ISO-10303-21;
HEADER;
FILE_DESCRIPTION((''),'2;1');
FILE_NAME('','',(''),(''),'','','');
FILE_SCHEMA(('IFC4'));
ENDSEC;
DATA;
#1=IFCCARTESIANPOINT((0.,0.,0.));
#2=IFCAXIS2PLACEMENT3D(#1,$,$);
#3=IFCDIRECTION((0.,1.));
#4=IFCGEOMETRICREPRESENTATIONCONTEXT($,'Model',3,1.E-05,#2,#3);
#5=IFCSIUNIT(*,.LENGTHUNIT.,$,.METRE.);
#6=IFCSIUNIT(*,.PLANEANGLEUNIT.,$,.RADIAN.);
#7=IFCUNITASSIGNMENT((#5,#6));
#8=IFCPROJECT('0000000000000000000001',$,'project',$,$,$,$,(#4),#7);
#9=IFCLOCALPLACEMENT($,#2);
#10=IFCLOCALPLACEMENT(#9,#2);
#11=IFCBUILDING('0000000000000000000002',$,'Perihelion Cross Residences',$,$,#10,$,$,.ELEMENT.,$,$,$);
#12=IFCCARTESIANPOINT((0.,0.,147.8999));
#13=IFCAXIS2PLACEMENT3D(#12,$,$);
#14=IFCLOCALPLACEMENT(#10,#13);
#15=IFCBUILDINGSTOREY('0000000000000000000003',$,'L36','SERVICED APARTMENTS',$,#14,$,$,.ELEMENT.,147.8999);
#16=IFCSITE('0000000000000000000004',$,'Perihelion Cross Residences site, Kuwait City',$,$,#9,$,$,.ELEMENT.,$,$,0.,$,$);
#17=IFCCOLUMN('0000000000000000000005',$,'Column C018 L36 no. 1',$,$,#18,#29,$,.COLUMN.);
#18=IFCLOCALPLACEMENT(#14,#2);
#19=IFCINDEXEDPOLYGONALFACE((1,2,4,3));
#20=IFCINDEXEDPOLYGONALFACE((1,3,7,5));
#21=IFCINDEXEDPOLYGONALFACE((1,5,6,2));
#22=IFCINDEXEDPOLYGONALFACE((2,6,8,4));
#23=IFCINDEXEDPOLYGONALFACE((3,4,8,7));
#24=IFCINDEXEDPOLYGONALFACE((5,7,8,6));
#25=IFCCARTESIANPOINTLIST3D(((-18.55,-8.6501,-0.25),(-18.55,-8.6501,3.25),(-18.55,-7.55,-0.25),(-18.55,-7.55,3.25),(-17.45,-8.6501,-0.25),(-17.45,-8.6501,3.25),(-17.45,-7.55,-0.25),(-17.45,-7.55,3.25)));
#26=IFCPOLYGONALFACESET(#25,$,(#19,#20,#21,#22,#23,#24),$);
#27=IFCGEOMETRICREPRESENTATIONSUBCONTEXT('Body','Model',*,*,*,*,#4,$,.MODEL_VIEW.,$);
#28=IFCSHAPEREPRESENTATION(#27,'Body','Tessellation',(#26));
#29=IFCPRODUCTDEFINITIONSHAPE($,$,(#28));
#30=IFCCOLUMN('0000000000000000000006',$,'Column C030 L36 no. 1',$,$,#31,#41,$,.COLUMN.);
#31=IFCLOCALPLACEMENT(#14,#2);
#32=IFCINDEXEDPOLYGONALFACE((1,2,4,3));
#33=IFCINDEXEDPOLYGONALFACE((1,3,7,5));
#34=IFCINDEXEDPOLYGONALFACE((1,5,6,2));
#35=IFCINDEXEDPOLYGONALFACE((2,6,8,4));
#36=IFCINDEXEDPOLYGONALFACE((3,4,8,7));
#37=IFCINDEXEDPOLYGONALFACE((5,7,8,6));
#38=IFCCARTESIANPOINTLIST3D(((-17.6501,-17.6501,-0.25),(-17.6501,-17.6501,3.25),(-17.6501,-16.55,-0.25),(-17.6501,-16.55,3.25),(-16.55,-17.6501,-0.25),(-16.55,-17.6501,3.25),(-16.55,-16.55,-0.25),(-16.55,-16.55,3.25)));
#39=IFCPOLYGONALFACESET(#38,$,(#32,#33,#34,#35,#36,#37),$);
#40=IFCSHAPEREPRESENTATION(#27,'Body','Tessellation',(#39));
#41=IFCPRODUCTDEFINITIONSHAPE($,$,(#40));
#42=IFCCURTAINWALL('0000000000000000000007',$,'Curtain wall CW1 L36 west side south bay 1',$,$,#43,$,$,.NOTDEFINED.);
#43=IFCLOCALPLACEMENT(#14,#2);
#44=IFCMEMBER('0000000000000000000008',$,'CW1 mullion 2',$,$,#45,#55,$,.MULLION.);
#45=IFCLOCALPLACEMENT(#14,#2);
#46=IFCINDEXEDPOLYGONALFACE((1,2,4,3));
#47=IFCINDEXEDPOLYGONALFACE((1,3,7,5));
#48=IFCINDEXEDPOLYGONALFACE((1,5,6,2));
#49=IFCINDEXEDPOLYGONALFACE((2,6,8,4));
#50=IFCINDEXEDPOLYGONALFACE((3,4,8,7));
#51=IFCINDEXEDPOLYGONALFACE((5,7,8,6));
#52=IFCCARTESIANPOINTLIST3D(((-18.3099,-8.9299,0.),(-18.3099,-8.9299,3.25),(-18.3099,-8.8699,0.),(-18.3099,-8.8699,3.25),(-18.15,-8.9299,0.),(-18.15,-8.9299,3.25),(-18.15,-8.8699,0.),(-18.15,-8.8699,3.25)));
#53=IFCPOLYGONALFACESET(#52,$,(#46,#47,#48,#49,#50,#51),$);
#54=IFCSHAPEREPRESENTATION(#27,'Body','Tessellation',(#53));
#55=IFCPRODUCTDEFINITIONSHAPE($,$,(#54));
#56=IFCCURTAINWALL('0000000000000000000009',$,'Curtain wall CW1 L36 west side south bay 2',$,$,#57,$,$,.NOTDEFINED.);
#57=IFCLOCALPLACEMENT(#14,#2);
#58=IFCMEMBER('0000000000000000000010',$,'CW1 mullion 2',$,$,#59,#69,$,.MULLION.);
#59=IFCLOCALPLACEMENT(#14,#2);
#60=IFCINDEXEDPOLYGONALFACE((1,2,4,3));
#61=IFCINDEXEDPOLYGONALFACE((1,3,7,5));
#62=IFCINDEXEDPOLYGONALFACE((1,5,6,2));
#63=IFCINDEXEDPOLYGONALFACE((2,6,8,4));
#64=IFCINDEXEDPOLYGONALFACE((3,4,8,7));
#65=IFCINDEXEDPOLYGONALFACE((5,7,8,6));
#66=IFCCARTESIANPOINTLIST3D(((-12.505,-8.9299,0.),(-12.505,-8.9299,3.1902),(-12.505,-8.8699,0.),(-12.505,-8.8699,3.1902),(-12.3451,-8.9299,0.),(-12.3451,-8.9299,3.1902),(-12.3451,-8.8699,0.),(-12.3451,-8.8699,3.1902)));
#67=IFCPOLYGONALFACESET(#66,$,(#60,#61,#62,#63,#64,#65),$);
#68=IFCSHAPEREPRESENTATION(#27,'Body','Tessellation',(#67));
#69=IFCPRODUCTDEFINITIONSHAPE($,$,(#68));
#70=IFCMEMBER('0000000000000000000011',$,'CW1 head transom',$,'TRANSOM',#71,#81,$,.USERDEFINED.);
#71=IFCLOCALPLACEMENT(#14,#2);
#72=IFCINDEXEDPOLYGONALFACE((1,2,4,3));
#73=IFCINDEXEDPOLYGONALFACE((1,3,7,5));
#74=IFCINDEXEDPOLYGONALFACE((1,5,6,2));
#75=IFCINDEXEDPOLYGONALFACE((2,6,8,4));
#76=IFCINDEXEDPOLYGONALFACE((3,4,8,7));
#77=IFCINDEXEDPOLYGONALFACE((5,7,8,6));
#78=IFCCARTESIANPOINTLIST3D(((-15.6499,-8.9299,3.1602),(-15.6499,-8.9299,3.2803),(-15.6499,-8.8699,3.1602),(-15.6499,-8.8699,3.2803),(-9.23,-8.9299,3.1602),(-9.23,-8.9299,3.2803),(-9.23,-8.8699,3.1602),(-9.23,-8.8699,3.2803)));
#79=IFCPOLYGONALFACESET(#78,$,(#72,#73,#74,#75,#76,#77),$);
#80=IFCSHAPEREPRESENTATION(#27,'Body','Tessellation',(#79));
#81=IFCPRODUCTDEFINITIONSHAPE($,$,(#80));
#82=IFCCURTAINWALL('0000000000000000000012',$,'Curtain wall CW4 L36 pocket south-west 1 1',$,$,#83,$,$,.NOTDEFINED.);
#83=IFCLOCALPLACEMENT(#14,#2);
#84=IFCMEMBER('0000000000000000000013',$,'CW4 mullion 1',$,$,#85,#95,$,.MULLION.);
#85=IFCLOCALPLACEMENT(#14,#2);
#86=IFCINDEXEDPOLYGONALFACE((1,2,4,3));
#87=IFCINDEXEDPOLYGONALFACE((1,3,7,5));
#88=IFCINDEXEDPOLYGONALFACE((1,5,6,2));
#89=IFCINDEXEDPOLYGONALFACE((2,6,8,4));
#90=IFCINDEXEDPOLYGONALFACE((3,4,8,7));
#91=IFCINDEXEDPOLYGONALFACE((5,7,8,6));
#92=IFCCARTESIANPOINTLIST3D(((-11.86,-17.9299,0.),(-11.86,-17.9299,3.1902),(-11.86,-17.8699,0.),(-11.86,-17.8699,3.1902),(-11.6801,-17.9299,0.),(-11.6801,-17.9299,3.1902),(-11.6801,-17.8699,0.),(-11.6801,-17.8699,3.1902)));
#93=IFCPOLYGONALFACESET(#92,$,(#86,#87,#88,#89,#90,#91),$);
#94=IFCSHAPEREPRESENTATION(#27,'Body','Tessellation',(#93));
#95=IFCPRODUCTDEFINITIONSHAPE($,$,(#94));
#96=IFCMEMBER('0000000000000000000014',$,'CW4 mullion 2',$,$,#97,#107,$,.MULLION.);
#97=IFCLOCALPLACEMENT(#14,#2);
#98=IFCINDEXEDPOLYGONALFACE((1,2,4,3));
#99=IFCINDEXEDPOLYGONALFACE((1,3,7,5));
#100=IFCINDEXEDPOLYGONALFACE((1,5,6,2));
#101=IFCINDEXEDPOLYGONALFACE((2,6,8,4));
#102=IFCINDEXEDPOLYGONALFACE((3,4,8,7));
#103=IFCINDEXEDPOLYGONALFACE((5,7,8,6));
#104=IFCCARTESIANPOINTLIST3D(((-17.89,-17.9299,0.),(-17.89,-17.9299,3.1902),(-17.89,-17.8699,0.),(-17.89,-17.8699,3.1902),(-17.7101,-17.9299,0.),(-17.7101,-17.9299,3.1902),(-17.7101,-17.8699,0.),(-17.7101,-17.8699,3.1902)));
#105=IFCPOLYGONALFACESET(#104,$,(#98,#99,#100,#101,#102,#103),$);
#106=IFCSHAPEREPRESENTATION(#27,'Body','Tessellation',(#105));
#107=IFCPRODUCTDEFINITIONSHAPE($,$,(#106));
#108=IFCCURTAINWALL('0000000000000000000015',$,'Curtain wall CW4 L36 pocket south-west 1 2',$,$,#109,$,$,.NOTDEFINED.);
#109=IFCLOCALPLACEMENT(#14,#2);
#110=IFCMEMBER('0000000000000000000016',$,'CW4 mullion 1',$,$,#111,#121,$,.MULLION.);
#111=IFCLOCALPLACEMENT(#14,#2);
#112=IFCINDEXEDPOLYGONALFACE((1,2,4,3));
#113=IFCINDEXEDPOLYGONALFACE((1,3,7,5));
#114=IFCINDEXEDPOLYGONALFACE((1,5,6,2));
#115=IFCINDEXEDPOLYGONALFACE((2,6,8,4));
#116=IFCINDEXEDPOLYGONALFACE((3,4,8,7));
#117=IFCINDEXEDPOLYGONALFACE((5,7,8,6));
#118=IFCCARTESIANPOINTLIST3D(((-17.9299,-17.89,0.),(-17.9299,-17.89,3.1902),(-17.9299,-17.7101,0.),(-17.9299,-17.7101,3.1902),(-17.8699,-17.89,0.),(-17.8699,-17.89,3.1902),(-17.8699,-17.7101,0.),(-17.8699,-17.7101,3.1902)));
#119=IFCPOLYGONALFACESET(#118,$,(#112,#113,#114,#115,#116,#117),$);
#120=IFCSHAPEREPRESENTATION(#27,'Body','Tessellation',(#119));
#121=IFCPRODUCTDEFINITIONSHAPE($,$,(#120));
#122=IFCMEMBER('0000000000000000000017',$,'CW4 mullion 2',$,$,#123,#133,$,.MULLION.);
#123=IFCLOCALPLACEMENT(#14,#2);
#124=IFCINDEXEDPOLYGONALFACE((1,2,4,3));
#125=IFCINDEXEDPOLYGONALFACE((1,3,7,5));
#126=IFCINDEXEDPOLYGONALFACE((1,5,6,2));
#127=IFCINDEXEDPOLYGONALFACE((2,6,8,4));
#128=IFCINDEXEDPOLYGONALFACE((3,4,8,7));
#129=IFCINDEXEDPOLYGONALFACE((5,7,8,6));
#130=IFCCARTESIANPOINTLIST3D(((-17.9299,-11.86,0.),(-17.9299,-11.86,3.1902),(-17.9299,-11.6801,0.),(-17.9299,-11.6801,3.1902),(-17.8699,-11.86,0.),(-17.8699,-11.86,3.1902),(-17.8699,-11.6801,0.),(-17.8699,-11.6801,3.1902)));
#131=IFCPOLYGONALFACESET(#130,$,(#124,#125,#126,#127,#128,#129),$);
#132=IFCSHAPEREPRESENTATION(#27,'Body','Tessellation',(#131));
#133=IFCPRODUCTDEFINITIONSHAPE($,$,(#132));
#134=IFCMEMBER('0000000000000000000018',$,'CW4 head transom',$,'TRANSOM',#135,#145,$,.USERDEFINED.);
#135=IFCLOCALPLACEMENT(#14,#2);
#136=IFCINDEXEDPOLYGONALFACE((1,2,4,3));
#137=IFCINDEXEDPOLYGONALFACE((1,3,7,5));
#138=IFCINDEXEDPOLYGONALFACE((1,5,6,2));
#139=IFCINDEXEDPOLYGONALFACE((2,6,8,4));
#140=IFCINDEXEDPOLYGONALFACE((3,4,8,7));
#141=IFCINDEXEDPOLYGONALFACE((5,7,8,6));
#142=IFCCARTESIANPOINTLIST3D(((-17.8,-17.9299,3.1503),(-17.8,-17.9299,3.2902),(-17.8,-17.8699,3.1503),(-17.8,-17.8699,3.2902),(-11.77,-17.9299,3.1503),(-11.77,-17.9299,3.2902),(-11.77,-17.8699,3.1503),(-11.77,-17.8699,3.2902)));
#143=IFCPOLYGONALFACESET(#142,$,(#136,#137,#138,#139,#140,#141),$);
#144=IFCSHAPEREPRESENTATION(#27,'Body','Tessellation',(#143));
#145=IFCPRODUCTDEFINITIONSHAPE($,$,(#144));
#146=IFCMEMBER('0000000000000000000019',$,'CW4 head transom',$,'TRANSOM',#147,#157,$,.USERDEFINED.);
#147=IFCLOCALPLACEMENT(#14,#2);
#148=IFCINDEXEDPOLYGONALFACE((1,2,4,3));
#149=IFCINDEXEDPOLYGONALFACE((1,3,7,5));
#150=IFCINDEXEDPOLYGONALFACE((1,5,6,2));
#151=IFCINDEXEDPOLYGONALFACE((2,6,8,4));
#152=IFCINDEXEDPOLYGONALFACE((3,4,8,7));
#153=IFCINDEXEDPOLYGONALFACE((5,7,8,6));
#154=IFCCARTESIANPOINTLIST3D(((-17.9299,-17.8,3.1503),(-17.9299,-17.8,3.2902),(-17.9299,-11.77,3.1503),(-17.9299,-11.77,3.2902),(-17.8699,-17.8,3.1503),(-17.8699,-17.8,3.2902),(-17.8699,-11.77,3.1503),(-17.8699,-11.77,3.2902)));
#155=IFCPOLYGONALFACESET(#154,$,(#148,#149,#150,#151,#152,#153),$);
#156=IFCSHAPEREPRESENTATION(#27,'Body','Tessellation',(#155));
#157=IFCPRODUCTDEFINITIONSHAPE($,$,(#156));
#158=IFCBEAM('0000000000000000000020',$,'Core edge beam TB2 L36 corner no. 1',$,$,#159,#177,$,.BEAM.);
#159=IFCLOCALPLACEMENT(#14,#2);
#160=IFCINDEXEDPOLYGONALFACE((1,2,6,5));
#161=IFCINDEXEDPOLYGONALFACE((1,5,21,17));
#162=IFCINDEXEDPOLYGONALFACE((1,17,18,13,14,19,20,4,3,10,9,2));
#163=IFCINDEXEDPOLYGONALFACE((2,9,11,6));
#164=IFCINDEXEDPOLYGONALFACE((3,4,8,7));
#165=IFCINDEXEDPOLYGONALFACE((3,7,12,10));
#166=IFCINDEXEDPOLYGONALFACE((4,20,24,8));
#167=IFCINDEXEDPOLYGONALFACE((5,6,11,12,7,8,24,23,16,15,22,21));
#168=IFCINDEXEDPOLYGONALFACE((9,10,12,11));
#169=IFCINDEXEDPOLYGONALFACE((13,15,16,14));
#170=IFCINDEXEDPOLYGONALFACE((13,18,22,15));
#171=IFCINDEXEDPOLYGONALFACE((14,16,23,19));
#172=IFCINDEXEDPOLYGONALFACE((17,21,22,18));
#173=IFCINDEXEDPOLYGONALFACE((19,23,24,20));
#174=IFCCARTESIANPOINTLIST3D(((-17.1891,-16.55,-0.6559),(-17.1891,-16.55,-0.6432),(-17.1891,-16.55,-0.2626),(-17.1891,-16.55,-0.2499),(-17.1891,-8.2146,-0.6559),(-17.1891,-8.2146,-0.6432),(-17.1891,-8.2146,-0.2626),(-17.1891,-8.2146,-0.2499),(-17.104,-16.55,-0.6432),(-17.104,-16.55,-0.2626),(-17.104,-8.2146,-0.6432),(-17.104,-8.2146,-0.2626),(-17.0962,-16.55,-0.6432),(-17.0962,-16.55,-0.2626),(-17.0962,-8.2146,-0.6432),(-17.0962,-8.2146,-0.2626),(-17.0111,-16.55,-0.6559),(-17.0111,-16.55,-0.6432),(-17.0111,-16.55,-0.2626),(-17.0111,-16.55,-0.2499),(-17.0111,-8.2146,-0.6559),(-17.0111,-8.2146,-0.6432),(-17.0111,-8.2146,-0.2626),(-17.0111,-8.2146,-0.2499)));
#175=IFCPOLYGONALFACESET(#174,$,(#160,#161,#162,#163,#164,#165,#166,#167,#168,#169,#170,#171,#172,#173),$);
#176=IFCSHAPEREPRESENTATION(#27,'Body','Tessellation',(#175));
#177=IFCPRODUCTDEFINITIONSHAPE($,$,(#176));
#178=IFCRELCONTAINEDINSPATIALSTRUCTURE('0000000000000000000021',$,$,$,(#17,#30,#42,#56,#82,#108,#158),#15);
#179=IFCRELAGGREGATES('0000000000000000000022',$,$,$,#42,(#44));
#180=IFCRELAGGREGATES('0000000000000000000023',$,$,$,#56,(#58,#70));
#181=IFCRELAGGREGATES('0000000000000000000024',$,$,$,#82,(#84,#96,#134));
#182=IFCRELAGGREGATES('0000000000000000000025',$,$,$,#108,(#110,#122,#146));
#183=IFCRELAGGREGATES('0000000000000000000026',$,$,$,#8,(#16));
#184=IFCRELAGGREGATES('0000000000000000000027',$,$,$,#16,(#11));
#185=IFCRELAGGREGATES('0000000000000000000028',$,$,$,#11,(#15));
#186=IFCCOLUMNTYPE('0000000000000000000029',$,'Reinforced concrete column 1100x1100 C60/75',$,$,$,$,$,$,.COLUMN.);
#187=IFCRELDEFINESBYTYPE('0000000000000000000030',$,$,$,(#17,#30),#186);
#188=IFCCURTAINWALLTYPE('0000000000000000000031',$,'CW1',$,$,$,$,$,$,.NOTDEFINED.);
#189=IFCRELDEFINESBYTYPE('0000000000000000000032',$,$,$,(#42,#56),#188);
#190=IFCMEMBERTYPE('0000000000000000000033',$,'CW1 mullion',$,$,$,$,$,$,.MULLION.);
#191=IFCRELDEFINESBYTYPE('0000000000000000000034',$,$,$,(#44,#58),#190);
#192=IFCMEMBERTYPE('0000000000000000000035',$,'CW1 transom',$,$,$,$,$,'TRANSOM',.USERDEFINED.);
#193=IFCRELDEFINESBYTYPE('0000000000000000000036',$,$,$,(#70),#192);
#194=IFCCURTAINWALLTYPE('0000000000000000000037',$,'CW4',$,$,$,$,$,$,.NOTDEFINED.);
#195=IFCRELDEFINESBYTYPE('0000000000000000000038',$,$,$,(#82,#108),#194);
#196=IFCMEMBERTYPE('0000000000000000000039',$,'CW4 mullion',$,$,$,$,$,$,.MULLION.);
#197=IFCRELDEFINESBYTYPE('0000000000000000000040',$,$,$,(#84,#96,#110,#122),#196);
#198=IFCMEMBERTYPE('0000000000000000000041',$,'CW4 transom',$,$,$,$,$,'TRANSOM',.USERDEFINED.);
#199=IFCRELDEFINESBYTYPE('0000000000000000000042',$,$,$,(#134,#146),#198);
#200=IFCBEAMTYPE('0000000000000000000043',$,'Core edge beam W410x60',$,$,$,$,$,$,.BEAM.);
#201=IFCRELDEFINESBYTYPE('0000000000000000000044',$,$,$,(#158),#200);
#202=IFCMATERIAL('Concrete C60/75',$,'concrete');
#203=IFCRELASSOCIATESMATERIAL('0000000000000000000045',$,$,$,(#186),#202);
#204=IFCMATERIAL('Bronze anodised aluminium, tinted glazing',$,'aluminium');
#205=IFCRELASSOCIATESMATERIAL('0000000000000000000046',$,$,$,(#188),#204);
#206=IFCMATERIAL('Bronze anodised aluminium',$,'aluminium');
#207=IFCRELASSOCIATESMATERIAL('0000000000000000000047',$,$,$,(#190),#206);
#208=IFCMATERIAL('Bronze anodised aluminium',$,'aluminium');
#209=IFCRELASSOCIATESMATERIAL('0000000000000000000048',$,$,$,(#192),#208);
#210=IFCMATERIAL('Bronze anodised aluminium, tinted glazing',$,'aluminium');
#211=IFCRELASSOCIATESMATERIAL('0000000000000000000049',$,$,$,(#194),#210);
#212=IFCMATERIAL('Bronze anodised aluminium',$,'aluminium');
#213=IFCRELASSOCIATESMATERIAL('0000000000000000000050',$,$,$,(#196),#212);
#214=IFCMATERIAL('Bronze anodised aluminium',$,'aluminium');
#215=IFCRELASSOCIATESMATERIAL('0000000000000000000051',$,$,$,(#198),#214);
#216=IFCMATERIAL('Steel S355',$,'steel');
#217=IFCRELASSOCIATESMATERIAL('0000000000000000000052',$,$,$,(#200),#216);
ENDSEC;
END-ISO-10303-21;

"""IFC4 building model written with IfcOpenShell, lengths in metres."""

from ifc_helpers import new_model, si_unit, direction, frame, origin, origin_2d, place, context, subcontext, project, spatial, rectangle, i_section, extrude, material, material_profile, profile_set, type_object, element, aggregate, save


model = new_model("IFC4")

# Units and contexts
model_context = context("Model", 3, precision=1e-05, world=origin(), true_north=direction((0.0, 1.0)))
body_context = subcontext(model_context, "Body", "Model", "MODEL_VIEW")
ifc_project = project(units=[si_unit("LENGTHUNIT", "METRE"), si_unit("PLANEANGLEUNIT", "RADIAN")], contexts=[model_context])

# Site, building, storey
site_placement = place(None, origin())
site = spatial("IfcSite", under=ifc_project, at=site_placement, Name="Perihelion Cross Residences site, Kuwait City", CompositionType="ELEMENT", RefElevation=0.0)
building_placement = place(site_placement, origin())
building = spatial("IfcBuilding", under=site, at=building_placement, Name="Perihelion Cross Residences", CompositionType="ELEMENT")
storey_placement = place(building_placement, frame((0.0, 0.0, 147.8999)))
storey = spatial("IfcBuildingStorey", under=building, at=storey_placement, Name="L36", Description="SERVICED APARTMENTS", CompositionType="ELEMENT", Elevation=147.8999)

# Columns
ifc_material_1 = material(Name="Concrete C60/75", Category="concrete")
ifc_material_profile_1 = material_profile(ifc_material_1, rectangle(XDim=1.1001, YDim=1.1001, at=origin_2d()), Name="RC 1100x1100")
ifc_profile_set_1 = profile_set([ifc_material_profile_1], Name="Concrete C60/75")
column_type = type_object("IfcColumnType", Name="Reinforced concrete column 1100x1100 C60/75", PredefinedType="COLUMN", material=ifc_profile_set_1)
for number, where, z_axis, x_axis, name in (
    (1, (-18.0, -8.1001, -0.25), (0.0, 0.0, 1.0), (1.0, 0.0, 0.0), "Column C018 L36 no. 1"),
    (2, (-17.1001, -17.1001, -0.25), (0.0, 0.0, 1.0), (1.0, 0.0, 0.0), "Column C030 L36 no. 1"),
):
    element("IfcColumn", number, at=place(storey_placement, frame(where, z_axis=z_axis, x_axis=x_axis)), inside=storey, type_object=column_type, Name=name, PredefinedType="COLUMN", context=body_context, shape_type="SweptSolid", body=[
        extrude(rectangle(XDim=1.1001, YDim=1.1001, at=origin_2d()), origin(), (0.0, 0.0, 1.0), 3.5),
    ])

# Curtain wall, member
ifc_material_2 = material(Name="Bronze anodised aluminium, tinted glazing", Category="aluminium")
curtain_wall_type_1 = type_object("IfcCurtainWallType", Name="CW1", PredefinedType="NOTDEFINED", material=ifc_material_2)
curtain_wall_1_placement = place(storey_placement, origin())
curtain_wall_1 = element("IfcCurtainWall", 3, at=curtain_wall_1_placement, inside=storey, type_object=curtain_wall_type_1, Name="Curtain wall CW1 L36 west side south bay 1", PredefinedType="NOTDEFINED")
ifc_material_3 = material(Name="Bronze anodised aluminium", Category="aluminium")
ifc_material_profile_2 = material_profile(ifc_material_3, rectangle(XDim=0.0601, YDim=0.1599, at=origin_2d()), Name="CW1 mullion")
ifc_profile_set_2 = profile_set([ifc_material_profile_2], Name="Bronze anodised aluminium")
member_type_1 = type_object("IfcMemberType", Name="CW1 mullion", PredefinedType="MULLION", material=ifc_profile_set_2)
member_1_placement = place(storey_placement, frame((-18.23, -8.8999, 0.0), z_axis=(0.0, 0.0, 1.0), x_axis=(0.0, 1.0, 0.0)))
member_1 = element("IfcMember", 4, at=member_1_placement, type_object=member_type_1, Name="CW1 mullion 2", PredefinedType="MULLION", context=body_context, shape_type="SweptSolid", body=[
    extrude(rectangle(XDim=0.0601, YDim=0.1599, at=origin_2d()), origin(), (0.0, 0.0, 1.0), 3.25),
])

# Curtain walls, members
curtain_wall_2_placement = place(storey_placement, origin())
curtain_wall_2 = element("IfcCurtainWall", 5, at=curtain_wall_2_placement, inside=storey, type_object=curtain_wall_type_1, Name="Curtain wall CW1 L36 west side south bay 2", PredefinedType="NOTDEFINED")
member_2_placement = place(storey_placement, frame((-12.425, -8.8999, 0.0), z_axis=(0.0, 0.0, 1.0), x_axis=(0.0, 1.0, 0.0)))
member_2 = element("IfcMember", 6, at=member_2_placement, type_object=member_type_1, Name="CW1 mullion 2", PredefinedType="MULLION", context=body_context, shape_type="SweptSolid", body=[
    extrude(rectangle(XDim=0.0601, YDim=0.1599, at=origin_2d()), origin(), (0.0, 0.0, 1.0), 3.1902),
])
ifc_material_4 = material(Name="Bronze anodised aluminium", Category="aluminium")
ifc_material_profile_3 = material_profile(ifc_material_4, rectangle(XDim=0.0601, YDim=0.1201, at=origin_2d()), Name="CW1 transom")
ifc_profile_set_3 = profile_set([ifc_material_profile_3], Name="Bronze anodised aluminium")
member_type_2 = type_object("IfcMemberType", Name="CW1 transom", ElementType="TRANSOM", PredefinedType="USERDEFINED", material=ifc_profile_set_3)
member_3_placement = place(storey_placement, frame((-15.6499, -8.8999, 3.2202), z_axis=(1.0, 0.0, 0.0), x_axis=(0.0, 1.0, 0.0)))
member_3 = element("IfcMember", 7, at=member_3_placement, type_object=member_type_2, Name="CW1 head transom", ObjectType="TRANSOM", PredefinedType="USERDEFINED", context=body_context, shape_type="SweptSolid", body=[
    extrude(rectangle(XDim=0.0601, YDim=0.1201, at=origin_2d()), origin(), (0.0, 0.0, 1.0), 6.4199),
])
ifc_material_5 = material(Name="Bronze anodised aluminium, tinted glazing", Category="aluminium")
curtain_wall_type_2 = type_object("IfcCurtainWallType", Name="CW4", PredefinedType="NOTDEFINED", material=ifc_material_5)
curtain_wall_3_placement = place(storey_placement, origin())
curtain_wall_3 = element("IfcCurtainWall", 8, at=curtain_wall_3_placement, inside=storey, type_object=curtain_wall_type_2, Name="Curtain wall CW4 L36 pocket south-west 1 1", PredefinedType="NOTDEFINED")
ifc_material_6 = material(Name="Bronze anodised aluminium", Category="aluminium")
ifc_material_profile_4 = material_profile(ifc_material_6, rectangle(XDim=0.0601, YDim=0.1799, at=origin_2d()), Name="CW4 mullion")
ifc_profile_set_4 = profile_set([ifc_material_profile_4], Name="Bronze anodised aluminium")
member_type_3 = type_object("IfcMemberType", Name="CW4 mullion", PredefinedType="MULLION", material=ifc_profile_set_4)
member_4_placement = place(storey_placement, frame((-11.77, -17.8999, 0.0), z_axis=(0.0, 0.0, 1.0), x_axis=(0.0, -1.0, 0.0)))
member_4 = element("IfcMember", 9, at=member_4_placement, type_object=member_type_3, Name="CW4 mullion 1", PredefinedType="MULLION", context=body_context, shape_type="SweptSolid", body=[
    extrude(rectangle(XDim=0.0601, YDim=0.1799, at=origin_2d()), origin(), (0.0, 0.0, 1.0), 3.1902),
])
member_5_placement = place(storey_placement, frame((-17.8, -17.8999, 0.0), z_axis=(0.0, 0.0, 1.0), x_axis=(0.0, -1.0, 0.0)))
member_5 = element("IfcMember", 10, at=member_5_placement, type_object=member_type_3, Name="CW4 mullion 2", PredefinedType="MULLION", context=body_context, shape_type="SweptSolid", body=[
    extrude(rectangle(XDim=0.0601, YDim=0.1799, at=origin_2d()), origin(), (0.0, 0.0, 1.0), 3.1902),
])
curtain_wall_4_placement = place(storey_placement, origin())
curtain_wall_4 = element("IfcCurtainWall", 11, at=curtain_wall_4_placement, inside=storey, type_object=curtain_wall_type_2, Name="Curtain wall CW4 L36 pocket south-west 1 2", PredefinedType="NOTDEFINED")
member_6_placement = place(storey_placement, frame((-17.8999, -17.8, 0.0), z_axis=(0.0, 0.0, 1.0), x_axis=(-1.0, 0.0, 0.0)))
member_6 = element("IfcMember", 12, at=member_6_placement, type_object=member_type_3, Name="CW4 mullion 1", PredefinedType="MULLION", context=body_context, shape_type="SweptSolid", body=[
    extrude(rectangle(XDim=0.0601, YDim=0.1799, at=origin_2d()), origin(), (0.0, 0.0, 1.0), 3.1902),
])
member_7_placement = place(storey_placement, frame((-17.8999, -11.77, 0.0), z_axis=(0.0, 0.0, 1.0), x_axis=(-1.0, 0.0, 0.0)))
member_7 = element("IfcMember", 13, at=member_7_placement, type_object=member_type_3, Name="CW4 mullion 2", PredefinedType="MULLION", context=body_context, shape_type="SweptSolid", body=[
    extrude(rectangle(XDim=0.0601, YDim=0.1799, at=origin_2d()), origin(), (0.0, 0.0, 1.0), 3.1902),
])

# Members
ifc_material_7 = material(Name="Bronze anodised aluminium", Category="aluminium")
ifc_material_profile_5 = material_profile(ifc_material_7, rectangle(XDim=0.0601, YDim=0.1399, at=origin_2d()), Name="CW4 transom")
ifc_profile_set_5 = profile_set([ifc_material_profile_5], Name="Bronze anodised aluminium")
member_type_4 = type_object("IfcMemberType", Name="CW4 transom", ElementType="TRANSOM", PredefinedType="USERDEFINED", material=ifc_profile_set_5)
member_8_placement = place(storey_placement, frame((-11.77, -17.8999, 3.2202), z_axis=(-1.0, 0.0, 0.0), x_axis=(0.0, -1.0, 0.0)))
member_8 = element("IfcMember", 14, at=member_8_placement, type_object=member_type_4, Name="CW4 head transom", ObjectType="TRANSOM", PredefinedType="USERDEFINED", context=body_context, shape_type="SweptSolid", body=[
    extrude(rectangle(XDim=0.0601, YDim=0.1399, at=origin_2d()), origin(), (0.0, 0.0, 1.0), 6.03),
])
member_9_placement = place(storey_placement, frame((-17.8999, -17.8, 3.2202), z_axis=(0.0, 1.0, 0.0), x_axis=(-1.0, 0.0, 0.0)))
member_9 = element("IfcMember", 15, at=member_9_placement, type_object=member_type_4, Name="CW4 head transom", ObjectType="TRANSOM", PredefinedType="USERDEFINED", context=body_context, shape_type="SweptSolid", body=[
    extrude(rectangle(XDim=0.0601, YDim=0.1399, at=origin_2d()), origin(), (0.0, 0.0, 1.0), 6.03),
])

# Beam
ifc_material_8 = material(Name="Steel S355", Category="steel")
ifc_material_profile_6 = material_profile(ifc_material_8, i_section(OverallWidth=0.178, OverallDepth=0.406, WebThickness=0.0078, FlangeThickness=0.0127, at=origin_2d()), Name="W410x60")
ifc_profile_set_6 = profile_set([ifc_material_profile_6], Name="Steel S355")
beam_type_1 = type_object("IfcBeamType", Name="Core edge beam W410x60", PredefinedType="BEAM", material=ifc_profile_set_6)
beam_1_placement = place(storey_placement, frame((-17.1001, -8.2146, -0.4529), z_axis=(0.0, -1.0, 0.0), x_axis=(1.0, 0.0, 0.0)))
element("IfcBeam", 16, at=beam_1_placement, inside=storey, type_object=beam_type_1, Name="Core edge beam TB2 L36 corner no. 1", PredefinedType="BEAM", context=body_context, shape_type="SweptSolid", body=[
    extrude(i_section(OverallWidth=0.178, OverallDepth=0.406, WebThickness=0.0078, FlangeThickness=0.0127, at=origin_2d()), origin(), (0.0, 0.0, 1.0), 8.3354),
])

aggregate(curtain_wall_1, [member_1])
aggregate(curtain_wall_2, [member_2, member_3])
aggregate(curtain_wall_3, [member_4, member_5, member_8])
aggregate(curtain_wall_4, [member_6, member_7, member_9])

save(model, "model.ifc")
